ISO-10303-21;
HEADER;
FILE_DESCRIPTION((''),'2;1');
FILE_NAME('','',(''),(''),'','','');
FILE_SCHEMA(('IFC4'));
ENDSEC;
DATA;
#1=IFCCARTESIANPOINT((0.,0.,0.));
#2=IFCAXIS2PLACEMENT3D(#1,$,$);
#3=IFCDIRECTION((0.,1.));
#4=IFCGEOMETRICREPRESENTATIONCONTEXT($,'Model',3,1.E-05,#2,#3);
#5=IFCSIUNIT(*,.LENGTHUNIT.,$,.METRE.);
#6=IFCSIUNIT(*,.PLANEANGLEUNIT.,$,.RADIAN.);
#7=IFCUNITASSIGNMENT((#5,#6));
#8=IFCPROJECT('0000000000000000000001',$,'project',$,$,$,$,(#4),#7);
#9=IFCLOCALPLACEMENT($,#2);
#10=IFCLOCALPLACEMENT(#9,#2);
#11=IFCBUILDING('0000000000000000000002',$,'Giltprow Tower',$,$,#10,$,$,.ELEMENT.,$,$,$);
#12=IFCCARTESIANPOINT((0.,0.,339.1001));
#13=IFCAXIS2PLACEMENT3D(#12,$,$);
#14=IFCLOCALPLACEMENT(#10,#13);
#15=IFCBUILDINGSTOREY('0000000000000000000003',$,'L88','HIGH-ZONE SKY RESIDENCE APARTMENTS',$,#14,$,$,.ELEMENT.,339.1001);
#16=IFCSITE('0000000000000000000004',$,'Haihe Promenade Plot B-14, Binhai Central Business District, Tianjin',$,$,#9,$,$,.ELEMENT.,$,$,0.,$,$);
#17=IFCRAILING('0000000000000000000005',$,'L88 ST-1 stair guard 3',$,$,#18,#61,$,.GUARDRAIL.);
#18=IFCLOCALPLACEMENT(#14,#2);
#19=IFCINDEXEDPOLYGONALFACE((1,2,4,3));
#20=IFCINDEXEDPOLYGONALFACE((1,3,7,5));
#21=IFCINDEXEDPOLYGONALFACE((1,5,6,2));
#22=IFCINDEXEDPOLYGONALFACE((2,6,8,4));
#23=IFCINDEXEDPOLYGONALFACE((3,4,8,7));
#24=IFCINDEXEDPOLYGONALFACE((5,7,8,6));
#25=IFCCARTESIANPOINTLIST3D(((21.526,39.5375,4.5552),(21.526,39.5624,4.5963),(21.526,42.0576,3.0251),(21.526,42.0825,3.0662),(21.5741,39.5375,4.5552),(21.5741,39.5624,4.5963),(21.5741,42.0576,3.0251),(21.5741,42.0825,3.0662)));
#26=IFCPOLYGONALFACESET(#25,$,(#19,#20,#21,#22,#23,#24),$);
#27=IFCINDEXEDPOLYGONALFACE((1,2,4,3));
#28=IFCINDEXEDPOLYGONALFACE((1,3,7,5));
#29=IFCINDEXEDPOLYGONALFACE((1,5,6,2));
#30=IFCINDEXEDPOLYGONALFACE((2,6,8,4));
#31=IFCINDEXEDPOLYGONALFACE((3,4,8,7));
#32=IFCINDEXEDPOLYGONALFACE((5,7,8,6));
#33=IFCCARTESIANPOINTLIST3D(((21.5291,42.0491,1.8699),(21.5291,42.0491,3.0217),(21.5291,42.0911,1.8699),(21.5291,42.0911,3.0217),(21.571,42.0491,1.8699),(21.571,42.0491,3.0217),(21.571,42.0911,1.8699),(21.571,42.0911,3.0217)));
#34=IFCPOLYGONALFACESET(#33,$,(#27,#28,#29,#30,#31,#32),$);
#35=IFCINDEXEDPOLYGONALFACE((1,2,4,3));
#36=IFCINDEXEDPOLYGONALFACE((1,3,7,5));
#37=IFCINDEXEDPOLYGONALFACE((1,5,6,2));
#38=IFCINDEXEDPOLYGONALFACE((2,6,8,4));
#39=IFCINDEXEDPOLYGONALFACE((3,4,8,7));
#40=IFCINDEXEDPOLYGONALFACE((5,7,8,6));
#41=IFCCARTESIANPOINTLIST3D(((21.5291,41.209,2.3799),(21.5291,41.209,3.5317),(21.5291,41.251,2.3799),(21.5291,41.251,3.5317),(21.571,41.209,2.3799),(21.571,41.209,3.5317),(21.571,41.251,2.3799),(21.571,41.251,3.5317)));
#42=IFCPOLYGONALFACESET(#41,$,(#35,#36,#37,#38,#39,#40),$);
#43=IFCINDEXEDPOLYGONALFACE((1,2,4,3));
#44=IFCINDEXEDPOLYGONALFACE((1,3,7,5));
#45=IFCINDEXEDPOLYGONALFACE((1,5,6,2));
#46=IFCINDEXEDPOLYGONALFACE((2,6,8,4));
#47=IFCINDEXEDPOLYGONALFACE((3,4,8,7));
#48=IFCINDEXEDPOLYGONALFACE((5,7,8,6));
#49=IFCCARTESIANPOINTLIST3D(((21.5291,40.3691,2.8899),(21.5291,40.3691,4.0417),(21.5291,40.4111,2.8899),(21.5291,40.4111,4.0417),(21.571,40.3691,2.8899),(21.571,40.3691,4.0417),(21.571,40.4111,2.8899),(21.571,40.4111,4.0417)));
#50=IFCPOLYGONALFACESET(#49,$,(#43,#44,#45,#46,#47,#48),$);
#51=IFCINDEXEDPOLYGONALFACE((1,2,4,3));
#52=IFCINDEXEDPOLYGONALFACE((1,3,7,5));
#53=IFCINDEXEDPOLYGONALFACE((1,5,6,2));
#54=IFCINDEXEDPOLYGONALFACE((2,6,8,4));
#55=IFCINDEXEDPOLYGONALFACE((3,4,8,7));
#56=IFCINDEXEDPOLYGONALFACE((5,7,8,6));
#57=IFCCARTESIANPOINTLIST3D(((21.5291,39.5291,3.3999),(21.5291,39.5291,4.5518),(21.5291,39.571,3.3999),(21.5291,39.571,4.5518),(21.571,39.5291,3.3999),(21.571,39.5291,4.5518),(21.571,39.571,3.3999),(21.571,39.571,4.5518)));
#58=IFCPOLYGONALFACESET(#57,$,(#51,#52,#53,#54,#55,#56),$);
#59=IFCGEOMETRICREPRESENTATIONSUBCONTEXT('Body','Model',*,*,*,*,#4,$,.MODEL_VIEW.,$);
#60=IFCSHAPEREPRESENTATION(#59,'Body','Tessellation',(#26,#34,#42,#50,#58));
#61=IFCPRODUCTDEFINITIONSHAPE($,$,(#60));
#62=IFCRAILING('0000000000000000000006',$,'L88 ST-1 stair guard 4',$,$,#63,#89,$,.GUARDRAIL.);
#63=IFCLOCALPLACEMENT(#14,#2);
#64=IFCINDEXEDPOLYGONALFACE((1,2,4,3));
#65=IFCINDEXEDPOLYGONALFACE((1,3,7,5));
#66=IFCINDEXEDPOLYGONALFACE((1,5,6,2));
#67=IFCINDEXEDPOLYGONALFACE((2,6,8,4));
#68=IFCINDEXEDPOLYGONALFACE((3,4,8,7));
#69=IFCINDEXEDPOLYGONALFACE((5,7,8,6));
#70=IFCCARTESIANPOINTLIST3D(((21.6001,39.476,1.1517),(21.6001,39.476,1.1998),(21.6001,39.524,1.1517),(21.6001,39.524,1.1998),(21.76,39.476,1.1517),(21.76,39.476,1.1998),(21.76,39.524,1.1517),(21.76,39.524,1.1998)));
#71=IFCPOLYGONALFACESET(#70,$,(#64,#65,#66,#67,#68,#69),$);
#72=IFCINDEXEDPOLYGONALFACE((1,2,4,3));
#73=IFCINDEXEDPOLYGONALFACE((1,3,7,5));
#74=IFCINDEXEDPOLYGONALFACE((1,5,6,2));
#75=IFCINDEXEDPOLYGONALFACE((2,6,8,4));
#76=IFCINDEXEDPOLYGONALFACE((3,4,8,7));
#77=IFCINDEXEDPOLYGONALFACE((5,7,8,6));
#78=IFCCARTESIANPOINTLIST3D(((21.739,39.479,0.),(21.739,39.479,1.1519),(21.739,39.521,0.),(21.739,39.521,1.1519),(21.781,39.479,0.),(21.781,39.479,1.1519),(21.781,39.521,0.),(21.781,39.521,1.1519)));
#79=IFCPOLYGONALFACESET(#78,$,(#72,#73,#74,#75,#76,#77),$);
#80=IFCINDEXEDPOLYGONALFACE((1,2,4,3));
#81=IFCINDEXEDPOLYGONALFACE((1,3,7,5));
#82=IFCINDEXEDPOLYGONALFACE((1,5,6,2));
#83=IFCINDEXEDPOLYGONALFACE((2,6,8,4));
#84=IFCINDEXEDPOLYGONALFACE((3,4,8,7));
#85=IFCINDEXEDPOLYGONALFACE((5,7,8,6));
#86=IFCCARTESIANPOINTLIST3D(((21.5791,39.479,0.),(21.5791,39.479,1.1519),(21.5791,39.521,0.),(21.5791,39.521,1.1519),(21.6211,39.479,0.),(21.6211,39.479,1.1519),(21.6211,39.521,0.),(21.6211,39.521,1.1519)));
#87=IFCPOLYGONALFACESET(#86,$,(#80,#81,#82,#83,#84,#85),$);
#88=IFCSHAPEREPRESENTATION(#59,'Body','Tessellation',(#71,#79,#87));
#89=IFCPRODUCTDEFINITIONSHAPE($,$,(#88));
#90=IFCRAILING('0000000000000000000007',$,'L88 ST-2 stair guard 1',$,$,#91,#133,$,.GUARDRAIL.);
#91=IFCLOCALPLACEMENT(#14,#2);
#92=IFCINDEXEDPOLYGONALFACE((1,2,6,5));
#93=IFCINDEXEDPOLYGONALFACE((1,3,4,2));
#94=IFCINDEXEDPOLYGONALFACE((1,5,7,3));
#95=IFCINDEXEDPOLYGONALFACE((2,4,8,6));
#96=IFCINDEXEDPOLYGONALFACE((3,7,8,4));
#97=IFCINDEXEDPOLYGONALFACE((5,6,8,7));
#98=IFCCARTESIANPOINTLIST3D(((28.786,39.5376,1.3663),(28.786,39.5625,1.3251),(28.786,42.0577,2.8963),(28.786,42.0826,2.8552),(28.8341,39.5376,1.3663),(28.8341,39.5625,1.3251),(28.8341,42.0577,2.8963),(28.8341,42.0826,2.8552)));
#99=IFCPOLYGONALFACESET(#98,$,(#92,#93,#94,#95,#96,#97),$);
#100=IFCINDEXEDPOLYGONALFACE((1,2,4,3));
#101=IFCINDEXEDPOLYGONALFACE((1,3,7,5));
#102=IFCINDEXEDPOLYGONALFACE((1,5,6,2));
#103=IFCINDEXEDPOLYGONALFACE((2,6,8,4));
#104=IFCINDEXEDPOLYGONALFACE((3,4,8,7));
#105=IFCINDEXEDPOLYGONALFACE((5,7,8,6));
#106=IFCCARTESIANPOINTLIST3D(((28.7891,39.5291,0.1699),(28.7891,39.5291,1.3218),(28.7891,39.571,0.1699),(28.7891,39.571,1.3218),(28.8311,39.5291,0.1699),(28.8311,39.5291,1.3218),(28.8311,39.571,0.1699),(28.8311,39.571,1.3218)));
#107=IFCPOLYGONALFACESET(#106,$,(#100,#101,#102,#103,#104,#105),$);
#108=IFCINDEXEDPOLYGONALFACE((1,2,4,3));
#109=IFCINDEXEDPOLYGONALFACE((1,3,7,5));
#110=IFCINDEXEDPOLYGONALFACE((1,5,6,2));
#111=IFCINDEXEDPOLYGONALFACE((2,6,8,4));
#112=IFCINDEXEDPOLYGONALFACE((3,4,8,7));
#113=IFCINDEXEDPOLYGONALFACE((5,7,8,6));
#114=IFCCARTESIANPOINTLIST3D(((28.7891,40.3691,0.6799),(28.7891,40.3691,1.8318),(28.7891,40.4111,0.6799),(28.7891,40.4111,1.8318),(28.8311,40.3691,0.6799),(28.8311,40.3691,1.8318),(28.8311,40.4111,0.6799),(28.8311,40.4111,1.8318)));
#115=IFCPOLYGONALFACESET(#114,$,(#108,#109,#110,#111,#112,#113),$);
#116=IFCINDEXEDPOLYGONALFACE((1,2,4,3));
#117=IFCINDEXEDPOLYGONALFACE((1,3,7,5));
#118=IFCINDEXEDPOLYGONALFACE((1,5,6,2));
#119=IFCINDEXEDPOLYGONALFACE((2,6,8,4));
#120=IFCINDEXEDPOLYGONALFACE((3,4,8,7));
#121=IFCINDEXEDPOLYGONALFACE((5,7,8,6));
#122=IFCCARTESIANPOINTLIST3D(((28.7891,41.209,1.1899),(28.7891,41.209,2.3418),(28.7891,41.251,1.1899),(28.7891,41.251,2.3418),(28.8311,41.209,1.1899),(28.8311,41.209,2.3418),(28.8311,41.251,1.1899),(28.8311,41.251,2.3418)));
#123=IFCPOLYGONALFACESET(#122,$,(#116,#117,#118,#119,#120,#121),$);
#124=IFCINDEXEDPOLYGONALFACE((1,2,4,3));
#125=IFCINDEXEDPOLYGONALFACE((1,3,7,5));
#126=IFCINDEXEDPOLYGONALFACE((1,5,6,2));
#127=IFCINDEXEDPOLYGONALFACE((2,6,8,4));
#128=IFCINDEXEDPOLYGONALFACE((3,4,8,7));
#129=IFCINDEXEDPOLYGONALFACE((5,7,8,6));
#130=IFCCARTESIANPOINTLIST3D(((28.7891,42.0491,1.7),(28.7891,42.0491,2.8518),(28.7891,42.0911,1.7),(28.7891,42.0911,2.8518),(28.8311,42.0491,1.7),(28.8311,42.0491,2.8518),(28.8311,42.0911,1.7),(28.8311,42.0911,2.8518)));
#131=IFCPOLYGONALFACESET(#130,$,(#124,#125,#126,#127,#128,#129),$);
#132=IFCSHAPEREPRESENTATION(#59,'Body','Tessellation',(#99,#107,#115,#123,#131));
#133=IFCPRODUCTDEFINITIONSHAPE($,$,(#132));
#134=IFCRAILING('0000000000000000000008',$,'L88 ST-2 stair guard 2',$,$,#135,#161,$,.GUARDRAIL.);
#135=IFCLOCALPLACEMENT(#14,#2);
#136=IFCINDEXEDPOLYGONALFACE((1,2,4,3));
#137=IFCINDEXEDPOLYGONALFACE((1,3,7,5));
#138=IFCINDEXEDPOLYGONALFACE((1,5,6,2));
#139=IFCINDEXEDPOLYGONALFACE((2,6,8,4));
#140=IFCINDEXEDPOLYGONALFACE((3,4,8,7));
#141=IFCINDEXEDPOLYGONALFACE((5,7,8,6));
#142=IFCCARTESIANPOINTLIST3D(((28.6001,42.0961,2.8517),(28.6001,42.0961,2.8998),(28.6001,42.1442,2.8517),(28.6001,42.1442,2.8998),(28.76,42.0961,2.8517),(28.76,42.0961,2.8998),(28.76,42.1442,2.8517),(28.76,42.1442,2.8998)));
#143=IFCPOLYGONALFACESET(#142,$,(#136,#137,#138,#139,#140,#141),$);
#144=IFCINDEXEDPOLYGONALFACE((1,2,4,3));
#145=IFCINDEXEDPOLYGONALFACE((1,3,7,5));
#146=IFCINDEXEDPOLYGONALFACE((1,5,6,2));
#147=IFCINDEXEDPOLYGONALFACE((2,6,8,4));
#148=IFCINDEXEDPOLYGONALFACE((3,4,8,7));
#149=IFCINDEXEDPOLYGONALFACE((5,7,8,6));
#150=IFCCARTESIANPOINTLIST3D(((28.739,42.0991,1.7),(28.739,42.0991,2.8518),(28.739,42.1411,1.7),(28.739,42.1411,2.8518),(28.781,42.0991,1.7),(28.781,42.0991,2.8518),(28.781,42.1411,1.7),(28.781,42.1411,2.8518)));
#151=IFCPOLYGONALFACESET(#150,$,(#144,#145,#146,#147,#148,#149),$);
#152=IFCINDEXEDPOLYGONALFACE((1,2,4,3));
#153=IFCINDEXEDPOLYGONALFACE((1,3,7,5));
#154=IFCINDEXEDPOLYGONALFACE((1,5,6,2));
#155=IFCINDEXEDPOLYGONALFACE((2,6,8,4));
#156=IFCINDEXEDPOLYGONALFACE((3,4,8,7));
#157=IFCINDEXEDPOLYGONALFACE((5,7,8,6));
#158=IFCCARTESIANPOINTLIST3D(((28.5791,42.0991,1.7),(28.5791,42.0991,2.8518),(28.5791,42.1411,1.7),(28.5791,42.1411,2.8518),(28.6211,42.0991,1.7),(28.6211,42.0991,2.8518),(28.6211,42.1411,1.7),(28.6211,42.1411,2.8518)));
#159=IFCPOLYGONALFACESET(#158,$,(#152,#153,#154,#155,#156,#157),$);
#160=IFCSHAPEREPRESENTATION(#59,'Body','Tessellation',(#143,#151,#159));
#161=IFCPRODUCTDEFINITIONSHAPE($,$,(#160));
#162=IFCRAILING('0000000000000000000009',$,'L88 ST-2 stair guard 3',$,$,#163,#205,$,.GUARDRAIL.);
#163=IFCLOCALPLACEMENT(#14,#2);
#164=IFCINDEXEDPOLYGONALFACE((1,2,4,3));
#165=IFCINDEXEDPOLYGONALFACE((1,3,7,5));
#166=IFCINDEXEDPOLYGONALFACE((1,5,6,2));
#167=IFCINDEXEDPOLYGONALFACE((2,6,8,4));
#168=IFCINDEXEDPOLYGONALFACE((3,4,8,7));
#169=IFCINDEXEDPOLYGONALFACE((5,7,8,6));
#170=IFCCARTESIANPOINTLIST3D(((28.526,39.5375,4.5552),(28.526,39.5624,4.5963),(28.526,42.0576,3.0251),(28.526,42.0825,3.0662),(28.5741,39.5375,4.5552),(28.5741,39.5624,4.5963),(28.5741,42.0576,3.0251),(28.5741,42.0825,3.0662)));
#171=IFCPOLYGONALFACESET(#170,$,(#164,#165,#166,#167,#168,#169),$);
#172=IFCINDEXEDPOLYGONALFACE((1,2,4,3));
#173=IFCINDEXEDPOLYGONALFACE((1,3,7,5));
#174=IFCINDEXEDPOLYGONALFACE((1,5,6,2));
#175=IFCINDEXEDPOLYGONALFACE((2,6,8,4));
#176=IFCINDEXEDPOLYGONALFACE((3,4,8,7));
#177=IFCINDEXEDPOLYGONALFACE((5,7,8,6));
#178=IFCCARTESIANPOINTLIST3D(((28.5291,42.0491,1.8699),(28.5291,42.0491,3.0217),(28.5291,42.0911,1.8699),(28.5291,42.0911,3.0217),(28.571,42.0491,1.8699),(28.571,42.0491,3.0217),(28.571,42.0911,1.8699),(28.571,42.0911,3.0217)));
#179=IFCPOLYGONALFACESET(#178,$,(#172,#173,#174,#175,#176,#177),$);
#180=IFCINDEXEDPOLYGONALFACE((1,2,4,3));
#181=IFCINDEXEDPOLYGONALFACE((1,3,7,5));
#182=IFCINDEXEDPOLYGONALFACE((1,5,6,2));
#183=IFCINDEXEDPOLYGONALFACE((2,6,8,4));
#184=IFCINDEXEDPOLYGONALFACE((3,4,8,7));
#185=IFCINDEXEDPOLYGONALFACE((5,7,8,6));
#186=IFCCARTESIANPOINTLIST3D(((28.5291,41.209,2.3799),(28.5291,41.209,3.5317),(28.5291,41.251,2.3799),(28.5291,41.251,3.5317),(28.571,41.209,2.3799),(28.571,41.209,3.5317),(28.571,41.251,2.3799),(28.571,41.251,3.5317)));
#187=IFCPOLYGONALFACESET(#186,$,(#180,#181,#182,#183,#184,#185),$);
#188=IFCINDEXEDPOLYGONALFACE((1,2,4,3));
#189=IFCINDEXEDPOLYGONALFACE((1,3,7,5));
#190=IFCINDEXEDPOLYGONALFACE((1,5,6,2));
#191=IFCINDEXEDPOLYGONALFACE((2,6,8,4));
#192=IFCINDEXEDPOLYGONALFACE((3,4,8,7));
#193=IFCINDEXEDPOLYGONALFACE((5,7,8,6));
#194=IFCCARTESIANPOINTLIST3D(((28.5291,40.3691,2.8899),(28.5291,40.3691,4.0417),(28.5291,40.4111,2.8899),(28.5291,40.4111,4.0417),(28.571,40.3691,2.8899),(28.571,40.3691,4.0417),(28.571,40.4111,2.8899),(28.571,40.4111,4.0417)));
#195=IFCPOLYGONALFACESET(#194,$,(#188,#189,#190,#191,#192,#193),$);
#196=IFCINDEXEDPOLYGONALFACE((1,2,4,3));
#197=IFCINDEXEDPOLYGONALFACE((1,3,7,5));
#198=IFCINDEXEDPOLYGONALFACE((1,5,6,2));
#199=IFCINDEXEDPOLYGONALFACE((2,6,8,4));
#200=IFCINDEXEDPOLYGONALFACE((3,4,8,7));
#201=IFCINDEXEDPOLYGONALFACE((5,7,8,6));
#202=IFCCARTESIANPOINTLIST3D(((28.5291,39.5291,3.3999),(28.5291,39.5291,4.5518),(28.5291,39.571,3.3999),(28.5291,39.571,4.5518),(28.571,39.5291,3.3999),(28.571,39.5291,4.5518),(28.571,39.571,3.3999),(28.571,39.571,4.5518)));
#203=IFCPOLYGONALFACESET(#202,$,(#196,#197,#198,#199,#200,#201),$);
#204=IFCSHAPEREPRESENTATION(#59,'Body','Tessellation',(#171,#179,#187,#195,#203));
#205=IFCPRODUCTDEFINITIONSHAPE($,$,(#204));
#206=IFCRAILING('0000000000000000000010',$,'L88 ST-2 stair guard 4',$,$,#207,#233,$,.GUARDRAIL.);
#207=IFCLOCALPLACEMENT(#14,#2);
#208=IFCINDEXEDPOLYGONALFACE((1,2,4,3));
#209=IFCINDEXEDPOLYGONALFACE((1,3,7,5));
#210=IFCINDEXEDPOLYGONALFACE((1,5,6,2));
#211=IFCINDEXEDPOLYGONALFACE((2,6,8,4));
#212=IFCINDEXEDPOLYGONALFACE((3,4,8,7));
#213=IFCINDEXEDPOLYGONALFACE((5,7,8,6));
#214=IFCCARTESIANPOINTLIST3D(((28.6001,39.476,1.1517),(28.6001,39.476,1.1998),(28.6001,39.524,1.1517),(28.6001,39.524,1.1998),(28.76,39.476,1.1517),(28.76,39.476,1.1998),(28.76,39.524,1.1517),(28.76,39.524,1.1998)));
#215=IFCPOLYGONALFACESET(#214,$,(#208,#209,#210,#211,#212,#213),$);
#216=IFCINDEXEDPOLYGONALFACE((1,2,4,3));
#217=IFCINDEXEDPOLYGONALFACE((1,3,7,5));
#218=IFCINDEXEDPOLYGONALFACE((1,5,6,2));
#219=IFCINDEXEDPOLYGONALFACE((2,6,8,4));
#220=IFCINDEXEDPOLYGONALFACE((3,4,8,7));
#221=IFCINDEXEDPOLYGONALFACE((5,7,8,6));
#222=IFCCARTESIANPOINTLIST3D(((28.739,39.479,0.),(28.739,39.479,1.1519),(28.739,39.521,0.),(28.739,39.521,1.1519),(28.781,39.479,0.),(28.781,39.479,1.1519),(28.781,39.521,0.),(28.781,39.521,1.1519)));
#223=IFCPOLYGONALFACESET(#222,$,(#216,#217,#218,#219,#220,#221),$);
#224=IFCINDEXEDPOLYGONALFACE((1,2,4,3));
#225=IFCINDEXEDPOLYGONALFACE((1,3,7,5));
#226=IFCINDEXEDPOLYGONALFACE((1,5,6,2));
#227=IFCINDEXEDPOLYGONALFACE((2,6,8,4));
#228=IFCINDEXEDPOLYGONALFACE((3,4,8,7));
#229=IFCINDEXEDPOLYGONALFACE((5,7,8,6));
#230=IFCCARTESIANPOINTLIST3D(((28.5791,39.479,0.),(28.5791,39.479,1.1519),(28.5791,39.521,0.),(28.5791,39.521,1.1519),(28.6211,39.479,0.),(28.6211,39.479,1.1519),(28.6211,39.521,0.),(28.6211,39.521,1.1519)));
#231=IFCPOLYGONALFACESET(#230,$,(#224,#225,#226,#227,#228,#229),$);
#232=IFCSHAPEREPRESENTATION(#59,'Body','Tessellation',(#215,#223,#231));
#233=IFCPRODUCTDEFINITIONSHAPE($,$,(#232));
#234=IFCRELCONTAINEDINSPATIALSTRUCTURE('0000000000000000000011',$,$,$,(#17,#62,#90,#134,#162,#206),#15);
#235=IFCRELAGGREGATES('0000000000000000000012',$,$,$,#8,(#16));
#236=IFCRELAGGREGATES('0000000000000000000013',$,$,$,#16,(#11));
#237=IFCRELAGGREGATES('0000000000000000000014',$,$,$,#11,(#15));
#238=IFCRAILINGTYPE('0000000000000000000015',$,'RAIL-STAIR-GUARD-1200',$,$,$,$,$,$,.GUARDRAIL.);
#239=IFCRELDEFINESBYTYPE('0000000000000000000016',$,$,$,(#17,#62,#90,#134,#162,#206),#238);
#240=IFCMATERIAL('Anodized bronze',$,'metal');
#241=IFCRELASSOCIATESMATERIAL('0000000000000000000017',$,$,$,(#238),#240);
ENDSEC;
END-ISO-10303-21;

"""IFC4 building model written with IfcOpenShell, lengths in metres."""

from ifc_helpers import new_model, si_unit, direction, frame, origin, origin_2d, place, context, subcontext, project, spatial, rectangle, extrude, material, type_object, element, save


model = new_model("IFC4")

# Units and contexts
model_context = context("Model", 3, precision=1e-05, world=origin(), true_north=direction((0.0, 1.0)))
body_context = subcontext(model_context, "Body", "Model", "MODEL_VIEW")
ifc_project = project(units=[si_unit("LENGTHUNIT", "METRE"), si_unit("PLANEANGLEUNIT", "RADIAN")], contexts=[model_context])

# Site, building, storey
site_placement = place(None, origin())
site = spatial("IfcSite", under=ifc_project, at=site_placement, Name="Haihe Promenade Plot B-14, Binhai Central Business District, Tianjin", CompositionType="ELEMENT", RefElevation=0.0)
building_placement = place(site_placement, origin())
building = spatial("IfcBuilding", under=site, at=building_placement, Name="Giltprow Tower", CompositionType="ELEMENT")
storey_placement = place(building_placement, frame((0.0, 0.0, 339.1001)))
storey = spatial("IfcBuildingStorey", under=building, at=storey_placement, Name="L88", Description="HIGH-ZONE SKY RESIDENCE APARTMENTS", CompositionType="ELEMENT", Elevation=339.1001)

# Railings
ifc_material_1 = material(Name="Anodized bronze", Category="metal")
railing_type_1 = type_object("IfcRailingType", Name="RAIL-STAIR-GUARD-1200", PredefinedType="GUARDRAIL", material=ifc_material_1)
railing_1_placement = place(storey_placement, frame((21.55, 42.0701, 1.8699)))
element("IfcRailing", 1, at=railing_1_placement, inside=storey, type_object=railing_type_1, Name="L88 ST-1 stair guard 3", PredefinedType="GUARDRAIL", context=body_context, shape_type="SweptSolid", body=[
    extrude(rectangle(XDim=0.0481, YDim=0.0481, at=origin_2d()), frame((0.0, 0.0, 1.1758), z_axis=(0.0, -0.854785, 0.518982), x_axis=(1.0, 0.0, 0.0)), (0.0, 0.0, 1.0), 2.9482),
    extrude(rectangle(XDim=0.042, YDim=0.042, at=origin_2d()), origin(), (0.0, 0.0, 1.0), 1.1519),
    extrude(rectangle(XDim=0.042, YDim=0.042, at=origin_2d()), frame((0.0, -0.8401, 0.51)), (0.0, 0.0, 1.0), 1.1519),
    extrude(rectangle(XDim=0.042, YDim=0.042, at=origin_2d()), frame((0.0, -1.6799, 1.02)), (0.0, 0.0, 1.0), 1.1519),
    extrude(rectangle(XDim=0.042, YDim=0.042, at=origin_2d()), frame((0.0, -2.52, 1.53)), (0.0, 0.0, 1.0), 1.1519),
])
railing_2_placement = place(storey_placement, frame((21.76, 39.5, 0.0)))
element("IfcRailing", 2, at=railing_2_placement, inside=storey, type_object=railing_type_1, Name="L88 ST-1 stair guard 4", PredefinedType="GUARDRAIL", context=body_context, shape_type="SweptSolid", body=[
    extrude(rectangle(XDim=0.0481, YDim=0.0481, at=origin_2d()), frame((0.0, 0.0, 1.1758), z_axis=(-1.0, 0.0, 0.0), x_axis=(0.0, -1.0, 0.0)), (0.0, 0.0, 1.0), 0.1599),
    extrude(rectangle(XDim=0.042, YDim=0.042, at=origin_2d()), origin(), (0.0, 0.0, 1.0), 1.1519),
    extrude(rectangle(XDim=0.042, YDim=0.042, at=origin_2d()), frame((-0.1599, 0.0, 0.0)), (0.0, 0.0, 1.0), 1.1519),
])
railing_3_placement = place(storey_placement, frame((28.8101, 39.55, 0.1699)))
element("IfcRailing", 3, at=railing_3_placement, inside=storey, type_object=railing_type_1, Name="L88 ST-2 stair guard 1", PredefinedType="GUARDRAIL", context=body_context, shape_type="SweptSolid", body=[
    extrude(rectangle(XDim=0.0481, YDim=0.0481, at=origin_2d()), frame((0.0, 0.0, 1.1758), z_axis=(0.0, 0.854785, 0.518982), x_axis=(-1.0, 0.0, 0.0)), (0.0, 0.0, 1.0), 2.9482),
    extrude(rectangle(XDim=0.042, YDim=0.042, at=origin_2d()), origin(), (0.0, 0.0, 1.0), 1.1519),
    extrude(rectangle(XDim=0.042, YDim=0.042, at=origin_2d()), frame((0.0, 0.8401, 0.51)), (0.0, 0.0, 1.0), 1.1519),
    extrude(rectangle(XDim=0.042, YDim=0.042, at=origin_2d()), frame((0.0, 1.6799, 1.02)), (0.0, 0.0, 1.0), 1.1519),
    extrude(rectangle(XDim=0.042, YDim=0.042, at=origin_2d()), frame((0.0, 2.52, 1.53)), (0.0, 0.0, 1.0), 1.1519),
])
railing_4_placement = place(storey_placement, frame((28.76, 42.1201, 1.7)))
element("IfcRailing", 4, at=railing_4_placement, inside=storey, type_object=railing_type_1, Name="L88 ST-2 stair guard 2", PredefinedType="GUARDRAIL", context=body_context, shape_type="SweptSolid", body=[
    extrude(rectangle(XDim=0.0481, YDim=0.0481, at=origin_2d()), frame((0.0, 0.0, 1.1758), z_axis=(-1.0, 0.0, 0.0), x_axis=(0.0, -1.0, 0.0)), (0.0, 0.0, 1.0), 0.1599),
    extrude(rectangle(XDim=0.042, YDim=0.042, at=origin_2d()), origin(), (0.0, 0.0, 1.0), 1.1519),
    extrude(rectangle(XDim=0.042, YDim=0.042, at=origin_2d()), frame((-0.1599, 0.0, 0.0)), (0.0, 0.0, 1.0), 1.1519),
])
railing_5_placement = place(storey_placement, frame((28.55, 42.0701, 1.8699)))
element("IfcRailing", 5, at=railing_5_placement, inside=storey, type_object=railing_type_1, Name="L88 ST-2 stair guard 3", PredefinedType="GUARDRAIL", context=body_context, shape_type="SweptSolid", body=[
    extrude(rectangle(XDim=0.0481, YDim=0.0481, at=origin_2d()), frame((0.0, 0.0, 1.1758), z_axis=(0.0, -0.854785, 0.518982), x_axis=(1.0, 0.0, 0.0)), (0.0, 0.0, 1.0), 2.9482),
    extrude(rectangle(XDim=0.042, YDim=0.042, at=origin_2d()), origin(), (0.0, 0.0, 1.0), 1.1519),
    extrude(rectangle(XDim=0.042, YDim=0.042, at=origin_2d()), frame((0.0, -0.8401, 0.51)), (0.0, 0.0, 1.0), 1.1519),
    extrude(rectangle(XDim=0.042, YDim=0.042, at=origin_2d()), frame((0.0, -1.6799, 1.02)), (0.0, 0.0, 1.0), 1.1519),
    extrude(rectangle(XDim=0.042, YDim=0.042, at=origin_2d()), frame((0.0, -2.52, 1.53)), (0.0, 0.0, 1.0), 1.1519),
])
railing_6_placement = place(storey_placement, frame((28.76, 39.5, 0.0)))
element("IfcRailing", 6, at=railing_6_placement, inside=storey, type_object=railing_type_1, Name="L88 ST-2 stair guard 4", PredefinedType="GUARDRAIL", context=body_context, shape_type="SweptSolid", body=[
    extrude(rectangle(XDim=0.0481, YDim=0.0481, at=origin_2d()), frame((0.0, 0.0, 1.1758), z_axis=(-1.0, 0.0, 0.0), x_axis=(0.0, -1.0, 0.0)), (0.0, 0.0, 1.0), 0.1599),
    extrude(rectangle(XDim=0.042, YDim=0.042, at=origin_2d()), origin(), (0.0, 0.0, 1.0), 1.1519),
    extrude(rectangle(XDim=0.042, YDim=0.042, at=origin_2d()), frame((-0.1599, 0.0, 0.0)), (0.0, 0.0, 1.0), 1.1519),
])

save(model, "model.ifc")
